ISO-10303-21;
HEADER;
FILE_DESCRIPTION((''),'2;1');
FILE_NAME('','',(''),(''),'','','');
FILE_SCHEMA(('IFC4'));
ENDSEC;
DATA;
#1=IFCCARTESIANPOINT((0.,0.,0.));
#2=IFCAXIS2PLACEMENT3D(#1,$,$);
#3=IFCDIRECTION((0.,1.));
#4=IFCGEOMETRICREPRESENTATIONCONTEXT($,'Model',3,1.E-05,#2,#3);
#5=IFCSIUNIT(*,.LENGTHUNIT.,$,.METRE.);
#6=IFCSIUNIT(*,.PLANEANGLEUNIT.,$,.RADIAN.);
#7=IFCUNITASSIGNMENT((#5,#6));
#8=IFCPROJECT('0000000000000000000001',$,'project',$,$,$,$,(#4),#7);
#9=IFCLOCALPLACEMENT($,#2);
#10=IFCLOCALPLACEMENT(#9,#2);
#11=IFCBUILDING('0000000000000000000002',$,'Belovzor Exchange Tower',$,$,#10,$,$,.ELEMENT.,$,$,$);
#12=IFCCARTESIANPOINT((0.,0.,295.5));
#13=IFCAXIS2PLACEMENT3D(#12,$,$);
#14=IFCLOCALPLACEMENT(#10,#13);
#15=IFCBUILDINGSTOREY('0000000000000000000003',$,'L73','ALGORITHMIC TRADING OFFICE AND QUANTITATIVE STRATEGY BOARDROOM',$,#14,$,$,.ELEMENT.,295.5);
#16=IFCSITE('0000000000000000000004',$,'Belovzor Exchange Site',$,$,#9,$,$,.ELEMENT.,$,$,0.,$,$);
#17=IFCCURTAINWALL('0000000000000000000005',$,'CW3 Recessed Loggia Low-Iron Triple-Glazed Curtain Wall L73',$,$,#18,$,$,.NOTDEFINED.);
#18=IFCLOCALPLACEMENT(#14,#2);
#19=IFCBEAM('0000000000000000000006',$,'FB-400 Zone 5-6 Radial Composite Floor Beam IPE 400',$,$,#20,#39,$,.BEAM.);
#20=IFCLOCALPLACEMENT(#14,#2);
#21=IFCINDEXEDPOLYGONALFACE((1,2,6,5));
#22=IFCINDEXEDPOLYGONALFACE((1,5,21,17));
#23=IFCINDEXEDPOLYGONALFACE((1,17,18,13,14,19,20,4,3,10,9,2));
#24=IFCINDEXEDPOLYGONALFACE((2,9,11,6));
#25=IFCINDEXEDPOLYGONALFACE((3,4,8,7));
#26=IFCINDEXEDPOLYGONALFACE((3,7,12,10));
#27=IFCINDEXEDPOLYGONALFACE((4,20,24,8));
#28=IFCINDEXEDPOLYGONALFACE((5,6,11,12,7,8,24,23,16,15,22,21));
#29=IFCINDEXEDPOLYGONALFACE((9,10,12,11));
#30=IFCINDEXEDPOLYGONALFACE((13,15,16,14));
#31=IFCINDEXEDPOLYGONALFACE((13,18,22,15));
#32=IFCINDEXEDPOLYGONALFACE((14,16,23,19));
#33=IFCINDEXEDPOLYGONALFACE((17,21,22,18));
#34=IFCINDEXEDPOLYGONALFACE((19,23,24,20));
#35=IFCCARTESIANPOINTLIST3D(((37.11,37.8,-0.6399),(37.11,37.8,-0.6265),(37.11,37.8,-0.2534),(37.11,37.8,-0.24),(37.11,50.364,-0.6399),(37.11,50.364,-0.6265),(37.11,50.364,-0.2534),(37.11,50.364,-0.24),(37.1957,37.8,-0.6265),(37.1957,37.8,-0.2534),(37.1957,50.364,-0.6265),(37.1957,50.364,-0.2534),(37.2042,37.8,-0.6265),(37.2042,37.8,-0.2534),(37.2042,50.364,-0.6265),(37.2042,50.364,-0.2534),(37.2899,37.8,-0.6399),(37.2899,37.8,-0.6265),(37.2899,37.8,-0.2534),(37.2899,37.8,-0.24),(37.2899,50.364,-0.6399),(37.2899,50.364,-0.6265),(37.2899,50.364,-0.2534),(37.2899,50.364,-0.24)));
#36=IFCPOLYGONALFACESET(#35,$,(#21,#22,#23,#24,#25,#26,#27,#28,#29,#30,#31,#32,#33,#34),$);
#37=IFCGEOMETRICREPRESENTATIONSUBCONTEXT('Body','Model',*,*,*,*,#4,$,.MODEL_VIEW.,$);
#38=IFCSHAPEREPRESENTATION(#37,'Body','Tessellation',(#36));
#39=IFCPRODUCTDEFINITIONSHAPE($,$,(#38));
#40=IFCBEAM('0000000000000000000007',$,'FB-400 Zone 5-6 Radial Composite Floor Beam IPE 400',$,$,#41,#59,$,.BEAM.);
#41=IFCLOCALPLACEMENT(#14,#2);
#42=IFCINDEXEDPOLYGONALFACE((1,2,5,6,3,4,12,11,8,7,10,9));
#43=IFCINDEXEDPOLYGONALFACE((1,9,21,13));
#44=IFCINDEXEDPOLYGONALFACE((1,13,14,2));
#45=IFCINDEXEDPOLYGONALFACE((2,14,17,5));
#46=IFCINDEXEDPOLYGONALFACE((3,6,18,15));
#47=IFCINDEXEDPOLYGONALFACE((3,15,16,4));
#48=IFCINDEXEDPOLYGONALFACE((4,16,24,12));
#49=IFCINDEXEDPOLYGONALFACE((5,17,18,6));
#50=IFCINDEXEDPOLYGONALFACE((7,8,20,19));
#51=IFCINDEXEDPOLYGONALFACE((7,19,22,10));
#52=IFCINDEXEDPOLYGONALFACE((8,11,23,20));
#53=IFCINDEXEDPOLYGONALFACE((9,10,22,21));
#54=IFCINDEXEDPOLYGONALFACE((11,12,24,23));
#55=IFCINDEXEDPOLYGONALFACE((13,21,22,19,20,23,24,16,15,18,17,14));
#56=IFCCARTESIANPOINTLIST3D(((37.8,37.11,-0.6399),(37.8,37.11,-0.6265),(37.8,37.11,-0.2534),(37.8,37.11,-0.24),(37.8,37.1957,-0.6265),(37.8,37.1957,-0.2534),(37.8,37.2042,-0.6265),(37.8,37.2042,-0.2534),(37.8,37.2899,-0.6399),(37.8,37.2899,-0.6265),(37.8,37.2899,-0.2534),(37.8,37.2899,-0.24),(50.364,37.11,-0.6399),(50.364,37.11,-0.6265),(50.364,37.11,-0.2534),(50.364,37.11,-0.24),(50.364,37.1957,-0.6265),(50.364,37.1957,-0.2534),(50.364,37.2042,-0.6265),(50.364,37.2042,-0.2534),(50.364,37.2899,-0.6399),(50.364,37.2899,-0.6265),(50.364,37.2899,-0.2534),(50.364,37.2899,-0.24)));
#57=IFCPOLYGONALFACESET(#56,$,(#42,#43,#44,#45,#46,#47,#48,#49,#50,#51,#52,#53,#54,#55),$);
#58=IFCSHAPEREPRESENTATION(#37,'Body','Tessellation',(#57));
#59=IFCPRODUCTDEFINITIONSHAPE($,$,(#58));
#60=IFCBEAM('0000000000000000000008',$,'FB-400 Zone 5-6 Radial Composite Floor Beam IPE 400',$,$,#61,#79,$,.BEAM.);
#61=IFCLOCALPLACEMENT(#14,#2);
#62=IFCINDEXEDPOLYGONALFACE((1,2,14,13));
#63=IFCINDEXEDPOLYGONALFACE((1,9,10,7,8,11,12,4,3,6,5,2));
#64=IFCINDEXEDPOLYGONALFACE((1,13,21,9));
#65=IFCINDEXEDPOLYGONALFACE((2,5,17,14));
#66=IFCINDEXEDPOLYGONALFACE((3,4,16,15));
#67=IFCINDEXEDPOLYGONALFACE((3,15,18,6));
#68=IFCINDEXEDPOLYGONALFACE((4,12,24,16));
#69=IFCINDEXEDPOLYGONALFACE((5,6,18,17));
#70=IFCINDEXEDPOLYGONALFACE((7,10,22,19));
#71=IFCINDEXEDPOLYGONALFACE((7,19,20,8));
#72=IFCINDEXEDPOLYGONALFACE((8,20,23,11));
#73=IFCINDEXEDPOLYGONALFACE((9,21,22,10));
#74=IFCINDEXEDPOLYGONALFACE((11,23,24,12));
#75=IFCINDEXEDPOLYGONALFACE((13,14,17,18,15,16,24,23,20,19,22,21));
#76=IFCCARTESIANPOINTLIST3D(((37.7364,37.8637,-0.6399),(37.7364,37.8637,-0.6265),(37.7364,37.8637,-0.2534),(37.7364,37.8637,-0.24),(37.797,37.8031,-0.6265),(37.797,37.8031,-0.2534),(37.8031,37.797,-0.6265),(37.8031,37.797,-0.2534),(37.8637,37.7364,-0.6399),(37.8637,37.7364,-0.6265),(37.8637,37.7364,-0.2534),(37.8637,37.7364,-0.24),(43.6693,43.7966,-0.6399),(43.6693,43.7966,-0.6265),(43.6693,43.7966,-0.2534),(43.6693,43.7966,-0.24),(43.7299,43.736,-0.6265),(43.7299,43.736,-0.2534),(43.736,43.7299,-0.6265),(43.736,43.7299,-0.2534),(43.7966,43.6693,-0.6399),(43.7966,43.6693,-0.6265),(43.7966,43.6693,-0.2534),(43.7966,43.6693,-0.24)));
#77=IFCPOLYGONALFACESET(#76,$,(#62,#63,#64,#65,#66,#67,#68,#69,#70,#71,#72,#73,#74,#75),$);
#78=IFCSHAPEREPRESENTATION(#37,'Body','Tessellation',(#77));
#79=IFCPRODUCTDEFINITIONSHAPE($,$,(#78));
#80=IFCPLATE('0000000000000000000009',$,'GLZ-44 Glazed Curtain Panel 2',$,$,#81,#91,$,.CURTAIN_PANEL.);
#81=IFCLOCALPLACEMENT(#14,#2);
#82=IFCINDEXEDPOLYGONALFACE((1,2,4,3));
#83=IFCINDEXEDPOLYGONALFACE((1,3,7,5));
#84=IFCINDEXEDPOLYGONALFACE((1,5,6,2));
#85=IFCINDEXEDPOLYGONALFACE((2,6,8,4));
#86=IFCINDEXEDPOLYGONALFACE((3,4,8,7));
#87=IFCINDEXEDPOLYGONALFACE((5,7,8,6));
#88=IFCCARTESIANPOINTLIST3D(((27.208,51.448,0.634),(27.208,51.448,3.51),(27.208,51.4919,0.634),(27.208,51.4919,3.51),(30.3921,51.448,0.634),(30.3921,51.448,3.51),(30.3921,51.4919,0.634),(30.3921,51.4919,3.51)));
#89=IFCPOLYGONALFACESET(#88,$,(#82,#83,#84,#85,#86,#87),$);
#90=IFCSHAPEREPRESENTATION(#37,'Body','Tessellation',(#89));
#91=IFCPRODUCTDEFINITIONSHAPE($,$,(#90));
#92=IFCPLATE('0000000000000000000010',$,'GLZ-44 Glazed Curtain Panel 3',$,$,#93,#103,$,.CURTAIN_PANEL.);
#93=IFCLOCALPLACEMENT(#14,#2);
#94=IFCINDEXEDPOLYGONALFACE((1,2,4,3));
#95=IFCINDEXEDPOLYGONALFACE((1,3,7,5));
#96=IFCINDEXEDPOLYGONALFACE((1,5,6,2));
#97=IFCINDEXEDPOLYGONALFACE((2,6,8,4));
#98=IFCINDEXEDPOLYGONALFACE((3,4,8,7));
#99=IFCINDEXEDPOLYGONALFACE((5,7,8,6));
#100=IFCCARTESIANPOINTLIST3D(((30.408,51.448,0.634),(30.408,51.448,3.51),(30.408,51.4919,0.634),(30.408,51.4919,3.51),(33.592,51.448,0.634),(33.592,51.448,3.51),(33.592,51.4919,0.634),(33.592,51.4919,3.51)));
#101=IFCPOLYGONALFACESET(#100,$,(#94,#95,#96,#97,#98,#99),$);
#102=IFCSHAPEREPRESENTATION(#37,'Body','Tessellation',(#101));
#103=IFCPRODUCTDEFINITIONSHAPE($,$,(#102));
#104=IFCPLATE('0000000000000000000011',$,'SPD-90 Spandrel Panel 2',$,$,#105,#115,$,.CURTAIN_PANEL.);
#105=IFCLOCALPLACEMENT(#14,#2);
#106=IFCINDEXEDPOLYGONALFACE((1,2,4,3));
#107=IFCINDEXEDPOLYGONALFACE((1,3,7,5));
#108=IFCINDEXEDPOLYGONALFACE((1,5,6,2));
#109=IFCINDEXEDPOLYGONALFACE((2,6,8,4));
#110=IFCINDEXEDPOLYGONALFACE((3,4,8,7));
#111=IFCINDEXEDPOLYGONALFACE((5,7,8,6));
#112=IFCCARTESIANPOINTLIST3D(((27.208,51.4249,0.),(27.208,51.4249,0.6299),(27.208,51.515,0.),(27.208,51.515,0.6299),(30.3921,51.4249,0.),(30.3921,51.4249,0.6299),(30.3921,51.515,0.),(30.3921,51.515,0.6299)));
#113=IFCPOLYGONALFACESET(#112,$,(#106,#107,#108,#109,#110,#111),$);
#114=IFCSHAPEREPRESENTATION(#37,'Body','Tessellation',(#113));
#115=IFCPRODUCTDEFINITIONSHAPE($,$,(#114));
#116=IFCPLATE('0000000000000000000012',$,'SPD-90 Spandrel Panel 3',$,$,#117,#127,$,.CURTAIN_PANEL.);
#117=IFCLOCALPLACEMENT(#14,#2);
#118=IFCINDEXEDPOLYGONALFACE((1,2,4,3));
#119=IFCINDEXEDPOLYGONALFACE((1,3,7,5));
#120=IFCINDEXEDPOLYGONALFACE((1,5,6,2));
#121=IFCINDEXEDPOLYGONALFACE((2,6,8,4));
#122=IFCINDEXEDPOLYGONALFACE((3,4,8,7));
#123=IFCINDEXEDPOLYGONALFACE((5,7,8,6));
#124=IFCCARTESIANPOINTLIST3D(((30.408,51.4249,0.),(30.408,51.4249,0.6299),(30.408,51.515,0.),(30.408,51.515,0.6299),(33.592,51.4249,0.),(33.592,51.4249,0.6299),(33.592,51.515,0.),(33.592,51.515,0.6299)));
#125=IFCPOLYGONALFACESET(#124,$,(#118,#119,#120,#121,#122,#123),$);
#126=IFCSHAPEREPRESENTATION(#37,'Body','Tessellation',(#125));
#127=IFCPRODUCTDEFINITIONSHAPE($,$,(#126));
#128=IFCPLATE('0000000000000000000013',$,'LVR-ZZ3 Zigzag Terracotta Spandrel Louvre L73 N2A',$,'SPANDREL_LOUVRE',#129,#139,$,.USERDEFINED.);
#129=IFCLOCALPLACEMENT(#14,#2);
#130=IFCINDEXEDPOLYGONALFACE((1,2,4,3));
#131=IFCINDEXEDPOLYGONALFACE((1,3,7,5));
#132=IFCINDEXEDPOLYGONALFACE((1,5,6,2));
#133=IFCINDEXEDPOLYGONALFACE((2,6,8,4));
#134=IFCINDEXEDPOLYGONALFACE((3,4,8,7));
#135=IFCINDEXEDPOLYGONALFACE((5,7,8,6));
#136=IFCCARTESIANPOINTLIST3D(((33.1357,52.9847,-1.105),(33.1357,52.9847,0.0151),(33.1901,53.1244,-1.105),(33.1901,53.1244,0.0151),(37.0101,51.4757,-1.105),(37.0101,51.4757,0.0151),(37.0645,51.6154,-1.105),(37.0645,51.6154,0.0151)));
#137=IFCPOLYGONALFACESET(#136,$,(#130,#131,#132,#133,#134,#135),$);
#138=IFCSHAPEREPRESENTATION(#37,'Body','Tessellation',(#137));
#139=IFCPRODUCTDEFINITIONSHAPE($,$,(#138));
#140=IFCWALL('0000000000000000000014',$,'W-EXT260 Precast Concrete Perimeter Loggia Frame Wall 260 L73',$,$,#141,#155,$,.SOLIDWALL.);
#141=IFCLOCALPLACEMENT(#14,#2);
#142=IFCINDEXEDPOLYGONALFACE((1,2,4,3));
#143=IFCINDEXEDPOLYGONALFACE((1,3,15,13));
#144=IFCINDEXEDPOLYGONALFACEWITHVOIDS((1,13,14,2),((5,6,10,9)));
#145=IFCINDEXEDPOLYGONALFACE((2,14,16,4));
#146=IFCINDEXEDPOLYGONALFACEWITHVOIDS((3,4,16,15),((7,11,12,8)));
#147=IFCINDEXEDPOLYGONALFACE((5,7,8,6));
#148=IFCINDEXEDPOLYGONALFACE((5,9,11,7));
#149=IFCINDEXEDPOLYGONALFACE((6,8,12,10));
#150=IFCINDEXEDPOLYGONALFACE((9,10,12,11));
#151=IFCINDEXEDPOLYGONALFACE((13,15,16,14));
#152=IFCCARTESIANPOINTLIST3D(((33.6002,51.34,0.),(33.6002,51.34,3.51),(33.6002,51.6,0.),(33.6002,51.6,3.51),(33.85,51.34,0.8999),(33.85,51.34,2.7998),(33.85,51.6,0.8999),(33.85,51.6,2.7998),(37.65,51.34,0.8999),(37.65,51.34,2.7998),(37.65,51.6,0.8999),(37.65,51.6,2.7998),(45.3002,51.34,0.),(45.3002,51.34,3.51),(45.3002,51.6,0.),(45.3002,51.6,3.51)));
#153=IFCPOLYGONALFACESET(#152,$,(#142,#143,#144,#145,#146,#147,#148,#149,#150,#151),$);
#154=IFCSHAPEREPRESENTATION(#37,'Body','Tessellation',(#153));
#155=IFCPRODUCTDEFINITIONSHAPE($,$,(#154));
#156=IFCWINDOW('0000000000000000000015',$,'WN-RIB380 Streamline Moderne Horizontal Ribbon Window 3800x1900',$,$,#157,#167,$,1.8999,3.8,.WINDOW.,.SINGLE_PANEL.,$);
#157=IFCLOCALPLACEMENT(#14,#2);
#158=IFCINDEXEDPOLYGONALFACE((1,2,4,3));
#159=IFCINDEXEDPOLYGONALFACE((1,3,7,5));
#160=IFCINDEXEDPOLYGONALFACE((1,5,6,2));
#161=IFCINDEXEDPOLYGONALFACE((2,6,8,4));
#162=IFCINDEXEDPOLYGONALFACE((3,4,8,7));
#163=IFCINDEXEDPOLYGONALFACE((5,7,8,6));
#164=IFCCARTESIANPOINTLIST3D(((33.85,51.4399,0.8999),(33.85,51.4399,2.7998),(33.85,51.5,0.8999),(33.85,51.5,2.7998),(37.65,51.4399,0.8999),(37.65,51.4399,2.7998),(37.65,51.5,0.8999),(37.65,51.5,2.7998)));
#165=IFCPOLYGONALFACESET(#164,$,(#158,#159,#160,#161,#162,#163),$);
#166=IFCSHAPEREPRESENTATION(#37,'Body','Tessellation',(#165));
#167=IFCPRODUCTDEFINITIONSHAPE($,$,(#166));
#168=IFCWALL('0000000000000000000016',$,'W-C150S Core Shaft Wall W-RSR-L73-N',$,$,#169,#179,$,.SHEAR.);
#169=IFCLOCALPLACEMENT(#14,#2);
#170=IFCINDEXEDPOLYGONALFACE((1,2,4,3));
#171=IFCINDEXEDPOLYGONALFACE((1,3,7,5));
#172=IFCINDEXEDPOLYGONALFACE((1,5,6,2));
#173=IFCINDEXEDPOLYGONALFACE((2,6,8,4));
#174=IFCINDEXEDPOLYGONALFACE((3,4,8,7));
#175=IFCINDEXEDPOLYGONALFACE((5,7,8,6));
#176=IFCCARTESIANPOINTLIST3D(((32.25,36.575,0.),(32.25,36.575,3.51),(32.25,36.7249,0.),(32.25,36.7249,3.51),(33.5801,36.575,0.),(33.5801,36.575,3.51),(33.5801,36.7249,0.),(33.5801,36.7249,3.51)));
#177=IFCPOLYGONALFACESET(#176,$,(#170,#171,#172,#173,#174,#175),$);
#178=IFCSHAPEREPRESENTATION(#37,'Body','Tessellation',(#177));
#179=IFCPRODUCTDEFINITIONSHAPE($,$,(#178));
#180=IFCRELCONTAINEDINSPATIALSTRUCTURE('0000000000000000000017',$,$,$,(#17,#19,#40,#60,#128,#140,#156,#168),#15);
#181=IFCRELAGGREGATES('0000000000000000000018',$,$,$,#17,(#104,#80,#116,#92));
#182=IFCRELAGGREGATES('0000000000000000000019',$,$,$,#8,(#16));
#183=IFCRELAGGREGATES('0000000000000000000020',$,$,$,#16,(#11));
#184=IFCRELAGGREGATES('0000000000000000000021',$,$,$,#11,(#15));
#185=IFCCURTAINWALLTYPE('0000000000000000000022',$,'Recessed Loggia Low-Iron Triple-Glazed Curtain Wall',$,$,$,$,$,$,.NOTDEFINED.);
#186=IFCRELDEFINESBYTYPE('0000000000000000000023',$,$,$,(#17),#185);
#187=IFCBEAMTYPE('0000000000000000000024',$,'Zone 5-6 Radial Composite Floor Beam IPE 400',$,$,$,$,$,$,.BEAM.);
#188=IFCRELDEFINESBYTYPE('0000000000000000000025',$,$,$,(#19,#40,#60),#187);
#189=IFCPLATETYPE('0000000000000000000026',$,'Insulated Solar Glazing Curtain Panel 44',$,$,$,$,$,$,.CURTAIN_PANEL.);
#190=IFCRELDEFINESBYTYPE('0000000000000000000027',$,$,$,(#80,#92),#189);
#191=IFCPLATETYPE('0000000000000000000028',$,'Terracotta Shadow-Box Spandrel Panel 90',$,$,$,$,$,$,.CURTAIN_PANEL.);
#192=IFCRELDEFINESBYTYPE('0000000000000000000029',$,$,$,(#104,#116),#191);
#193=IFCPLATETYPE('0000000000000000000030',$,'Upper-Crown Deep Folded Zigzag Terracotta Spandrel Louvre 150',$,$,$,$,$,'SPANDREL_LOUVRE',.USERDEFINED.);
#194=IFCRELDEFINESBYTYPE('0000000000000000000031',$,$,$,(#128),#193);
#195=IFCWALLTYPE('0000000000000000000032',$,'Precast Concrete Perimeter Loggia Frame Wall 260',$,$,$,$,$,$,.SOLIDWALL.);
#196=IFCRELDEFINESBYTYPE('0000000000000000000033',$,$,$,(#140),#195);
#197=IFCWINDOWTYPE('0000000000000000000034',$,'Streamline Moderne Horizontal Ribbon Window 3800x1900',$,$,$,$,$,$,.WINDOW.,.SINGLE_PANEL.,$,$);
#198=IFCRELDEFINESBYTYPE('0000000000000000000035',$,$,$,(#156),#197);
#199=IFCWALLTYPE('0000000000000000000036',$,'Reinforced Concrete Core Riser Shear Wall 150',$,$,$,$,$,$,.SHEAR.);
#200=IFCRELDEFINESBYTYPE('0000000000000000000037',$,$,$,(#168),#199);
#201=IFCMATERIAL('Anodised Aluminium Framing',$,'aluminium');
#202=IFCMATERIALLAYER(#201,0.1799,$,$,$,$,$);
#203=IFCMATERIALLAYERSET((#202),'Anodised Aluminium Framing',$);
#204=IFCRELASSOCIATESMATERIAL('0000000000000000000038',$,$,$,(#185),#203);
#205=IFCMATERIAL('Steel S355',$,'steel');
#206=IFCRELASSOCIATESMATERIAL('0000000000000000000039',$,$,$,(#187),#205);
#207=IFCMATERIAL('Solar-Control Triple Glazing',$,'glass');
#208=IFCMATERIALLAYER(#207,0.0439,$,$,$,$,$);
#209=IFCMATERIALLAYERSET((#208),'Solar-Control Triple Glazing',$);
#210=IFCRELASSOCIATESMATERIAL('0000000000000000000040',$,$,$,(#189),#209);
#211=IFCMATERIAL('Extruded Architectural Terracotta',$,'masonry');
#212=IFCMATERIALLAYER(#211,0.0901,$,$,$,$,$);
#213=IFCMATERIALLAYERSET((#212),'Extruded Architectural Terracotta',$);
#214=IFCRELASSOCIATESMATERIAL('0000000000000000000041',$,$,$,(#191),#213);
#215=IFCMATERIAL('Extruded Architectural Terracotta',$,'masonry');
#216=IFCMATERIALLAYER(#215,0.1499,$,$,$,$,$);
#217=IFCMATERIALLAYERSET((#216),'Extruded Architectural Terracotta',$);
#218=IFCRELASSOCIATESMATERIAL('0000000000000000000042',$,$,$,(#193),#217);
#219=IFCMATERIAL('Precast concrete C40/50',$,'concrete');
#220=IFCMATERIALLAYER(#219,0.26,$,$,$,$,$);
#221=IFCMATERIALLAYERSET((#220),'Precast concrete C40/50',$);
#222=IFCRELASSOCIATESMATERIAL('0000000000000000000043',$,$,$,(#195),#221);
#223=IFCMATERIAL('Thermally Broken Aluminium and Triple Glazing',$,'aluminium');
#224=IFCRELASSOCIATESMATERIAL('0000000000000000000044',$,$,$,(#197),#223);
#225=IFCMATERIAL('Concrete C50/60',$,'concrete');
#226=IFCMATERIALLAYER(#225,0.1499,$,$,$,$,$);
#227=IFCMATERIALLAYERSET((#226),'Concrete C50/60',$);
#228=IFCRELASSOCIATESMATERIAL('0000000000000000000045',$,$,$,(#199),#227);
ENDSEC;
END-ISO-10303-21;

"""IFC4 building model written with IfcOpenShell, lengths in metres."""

from ifc_helpers import new_model, si_unit, direction, frame, frame_2d, origin, origin_2d, place, context, subcontext, project, spatial, rectangle, i_section, extrude, material, layer, layer_set, material_profile, profile_set, type_object, element, fill, aggregate, save


model = new_model("IFC4")

# Units and contexts
model_context = context("Model", 3, precision=1e-05, world=origin(), true_north=direction((0.0, 1.0)))
body_context = subcontext(model_context, "Body", "Model", "MODEL_VIEW")
ifc_project = project(units=[si_unit("LENGTHUNIT", "METRE"), si_unit("PLANEANGLEUNIT", "RADIAN")], contexts=[model_context])

# Site, building, storey
site_placement = place(None, origin())
site = spatial("IfcSite", under=ifc_project, at=site_placement, Name="Belovzor Exchange Site", CompositionType="ELEMENT", RefElevation=0.0)
building_placement = place(site_placement, origin())
building = spatial("IfcBuilding", under=site, at=building_placement, Name="Belovzor Exchange Tower", CompositionType="ELEMENT")
storey_placement = place(building_placement, frame((0.0, 0.0, 295.5)))
storey = spatial("IfcBuildingStorey", under=building, at=storey_placement, Name="L73", Description="ALGORITHMIC TRADING OFFICE AND QUANTITATIVE STRATEGY BOARDROOM", CompositionType="ELEMENT", Elevation=295.5)

# Curtain wall
ifc_material_1 = material(Name="Anodised Aluminium Framing", Category="aluminium")
ifc_layer_1 = layer(ifc_material_1, 0.1799)
ifc_layer_set_1 = layer_set([ifc_layer_1], Name="Anodised Aluminium Framing")
curtain_wall_type = type_object("IfcCurtainWallType", Name="Recessed Loggia Low-Iron Triple-Glazed Curtain Wall", PredefinedType="NOTDEFINED", material=ifc_layer_set_1)
curtain_wall_placement = place(storey_placement, origin())
curtain_wall = element("IfcCurtainWall", 1, at=curtain_wall_placement, inside=storey, type_object=curtain_wall_type, Name="CW3 Recessed Loggia Low-Iron Triple-Glazed Curtain Wall L73", PredefinedType="NOTDEFINED")

# Beams
ifc_material_2 = material(Name="Steel S355", Category="steel")
ifc_material_profile_1 = material_profile(ifc_material_2, i_section(OverallWidth=0.1799, OverallDepth=0.3999, WebThickness=0.0085, FlangeThickness=0.0134, at=origin_2d()))
ifc_profile_set_1 = profile_set([ifc_material_profile_1], Name="Steel S355")
beam_type_1 = type_object("IfcBeamType", Name="Zone 5-6 Radial Composite Floor Beam IPE 400", PredefinedType="BEAM", material=ifc_profile_set_1)
for number, where, z_axis, x_axis, name in (
    (2, (37.2, 37.8, -0.4399), (0.0, 1.0, 0.0), (-1.0, 0.0, 0.0), "FB-400 Zone 5-6 Radial Composite Floor Beam IPE 400"),
    (3, (37.8, 37.2, -0.4399), (1.0, 0.0, 0.0), (0.0, 1.0, 0.0), "FB-400 Zone 5-6 Radial Composite Floor Beam IPE 400"),
):
    element("IfcBeam", number, at=place(storey_placement, frame(where, z_axis=z_axis, x_axis=x_axis)), inside=storey, type_object=beam_type_1, Name=name, PredefinedType="BEAM", context=body_context, shape_type="SweptSolid", body=[
        extrude(i_section(OverallWidth=0.1799, OverallDepth=0.3999, WebThickness=0.0085, FlangeThickness=0.0134, at=origin_2d()), origin(), (0.0, 0.0, 1.0), 12.564),
    ])
beam_1_placement = place(storey_placement, frame((37.8, 37.8, -0.4399), z_axis=(0.707107, 0.707107, 0.0), x_axis=(-0.707107, 0.707107, 0.0)))
element("IfcBeam", 4, at=beam_1_placement, inside=storey, type_object=beam_type_1, Name="FB-400 Zone 5-6 Radial Composite Floor Beam IPE 400", PredefinedType="BEAM", context=body_context, shape_type="SweptSolid", body=[
    extrude(i_section(OverallWidth=0.1799, OverallDepth=0.3999, WebThickness=0.0085, FlangeThickness=0.0134, at=origin_2d()), origin(), (0.0, 0.0, 1.0), 8.3904),
])

# Plates
ifc_material_3 = material(Name="Solar-Control Triple Glazing", Category="glass")
ifc_layer_2 = layer(ifc_material_3, 0.0439)
ifc_layer_set_2 = layer_set([ifc_layer_2], Name="Solar-Control Triple Glazing")
plate_type_1 = type_object("IfcPlateType", Name="Insulated Solar Glazing Curtain Panel 44", PredefinedType="CURTAIN_PANEL", material=ifc_layer_set_2)
plate_1_placement = place(storey_placement, frame((28.8, 51.47, 0.634), z_axis=(0.0, 0.0, 1.0), x_axis=(1.0, 0.0, 0.0)))
plate_1 = element("IfcPlate", 5, at=plate_1_placement, type_object=plate_type_1, Name="GLZ-44 Glazed Curtain Panel 2", PredefinedType="CURTAIN_PANEL", context=body_context, shape_type="SweptSolid", body=[
    extrude(rectangle(XDim=3.1841, YDim=0.0439, at=origin_2d()), origin(), (0.0, 0.0, 1.0), 2.876),
])
plate_2_placement = place(storey_placement, frame((32.0, 51.47, 0.634), z_axis=(0.0, 0.0, 1.0), x_axis=(1.0, 0.0, 0.0)))
plate_2 = element("IfcPlate", 6, at=plate_2_placement, type_object=plate_type_1, Name="GLZ-44 Glazed Curtain Panel 3", PredefinedType="CURTAIN_PANEL", context=body_context, shape_type="SweptSolid", body=[
    extrude(rectangle(XDim=3.1841, YDim=0.0439, at=origin_2d()), origin(), (0.0, 0.0, 1.0), 2.876),
])
ifc_material_4 = material(Name="Extruded Architectural Terracotta", Category="masonry")
ifc_layer_3 = layer(ifc_material_4, 0.0901)
ifc_layer_set_3 = layer_set([ifc_layer_3], Name="Extruded Architectural Terracotta")
plate_type_2 = type_object("IfcPlateType", Name="Terracotta Shadow-Box Spandrel Panel 90", PredefinedType="CURTAIN_PANEL", material=ifc_layer_set_3)
plate_3_placement = place(storey_placement, frame((28.8, 51.47, 0.0), z_axis=(0.0, 0.0, 1.0), x_axis=(1.0, 0.0, 0.0)))
plate_3 = element("IfcPlate", 7, at=plate_3_placement, type_object=plate_type_2, Name="SPD-90 Spandrel Panel 2", PredefinedType="CURTAIN_PANEL", context=body_context, shape_type="SweptSolid", body=[
    extrude(rectangle(XDim=3.1841, YDim=0.0901, at=origin_2d()), origin(), (0.0, 0.0, 1.0), 0.6299),
])
plate_4_placement = place(storey_placement, frame((32.0, 51.47, 0.0), z_axis=(0.0, 0.0, 1.0), x_axis=(1.0, 0.0, 0.0)))
plate_4 = element("IfcPlate", 8, at=plate_4_placement, type_object=plate_type_2, Name="SPD-90 Spandrel Panel 3", PredefinedType="CURTAIN_PANEL", context=body_context, shape_type="SweptSolid", body=[
    extrude(rectangle(XDim=3.1841, YDim=0.0901, at=origin_2d()), origin(), (0.0, 0.0, 1.0), 0.6299),
])
aggregate(curtain_wall, [plate_3, plate_1, plate_4, plate_2])
ifc_material_5 = material(Name="Extruded Architectural Terracotta", Category="masonry")
ifc_layer_4 = layer(ifc_material_5, 0.1499)
ifc_layer_set_4 = layer_set([ifc_layer_4], Name="Extruded Architectural Terracotta")
plate_type_3 = type_object("IfcPlateType", Name="Upper-Crown Deep Folded Zigzag Terracotta Spandrel Louvre 150", ElementType="SPANDREL_LOUVRE", PredefinedType="USERDEFINED", material=ifc_layer_set_4)
plate_5_placement = place(storey_placement, frame((35.1001, 52.3, -1.105), z_axis=(0.0, 0.0, 1.0), x_axis=(0.931818, -0.362926, 0.0)))
element("IfcPlate", 9, at=plate_5_placement, inside=storey, type_object=plate_type_3, Name="LVR-ZZ3 Zigzag Terracotta Spandrel Louvre L73 N2A", ObjectType="SPANDREL_LOUVRE", PredefinedType="USERDEFINED", context=body_context, shape_type="SweptSolid", body=[
    extrude(rectangle(XDim=4.158, YDim=0.1499, at=origin_2d()), origin(), (0.0, 0.0, 1.0), 1.1201),
])

# Wall, opening, window
ifc_material_6 = material(Name="Precast concrete C40/50", Category="concrete")
ifc_layer_5 = layer(ifc_material_6, 0.26)
ifc_layer_set_5 = layer_set([ifc_layer_5], Name="Precast concrete C40/50")
wall_type_1 = type_object("IfcWallType", Name="Precast Concrete Perimeter Loggia Frame Wall 260", PredefinedType="SOLIDWALL", material=ifc_layer_set_5)
wall_1_placement = place(storey_placement, frame((33.6001, 51.47, 0.0), z_axis=(0.0, 0.0, 1.0), x_axis=(1.0, 0.0, 0.0)))
wall_1 = element("IfcWall", 10, at=wall_1_placement, inside=storey, type_object=wall_type_1, Name="W-EXT260 Precast Concrete Perimeter Loggia Frame Wall 260 L73", PredefinedType="SOLIDWALL", context=body_context, shape_type="SweptSolid", body=[
    extrude(rectangle(XDim=11.7, YDim=0.26, at=frame_2d((5.8501, 0.0))), origin(), (0.0, 0.0, 1.0), 3.51),
])
opening_placement = place(wall_1_placement, frame((0.25, 0.0, 0.8999)))
opening = element("IfcOpeningElement", 11, at=opening_placement, cuts=wall_1, PredefinedType="OPENING", context=body_context, shape_type="SweptSolid", body=[
    extrude(rectangle(XDim=3.8, YDim=1.8999, at=frame_2d((1.8999, 0.95))), frame((0.0, 0.1399, 0.0), z_axis=(0.0, -1.0, 0.0), x_axis=(1.0, 0.0, 0.0)), (0.0, 0.0, 1.0), 0.28),
])
ifc_material_7 = material(Name="Thermally Broken Aluminium and Triple Glazing", Category="aluminium")
window_type = type_object("IfcWindowType", Name="Streamline Moderne Horizontal Ribbon Window 3800x1900", PartitioningType="SINGLE_PANEL", PredefinedType="WINDOW", material=ifc_material_7)
window_placement = place(opening_placement, origin())
window = element("IfcWindow", 12, at=window_placement, inside=storey, type_object=window_type, Name="WN-RIB380 Streamline Moderne Horizontal Ribbon Window 3800x1900", OverallHeight=1.8999, OverallWidth=3.8, PartitioningType="SINGLE_PANEL", PredefinedType="WINDOW", context=body_context, shape_type="SweptSolid", body=[
    extrude(rectangle(XDim=3.8, YDim=1.8999, at=frame_2d((1.8999, 0.95))), frame((0.0, 0.03, 0.0), z_axis=(0.0, -1.0, 0.0), x_axis=(1.0, 0.0, 0.0)), (0.0, 0.0, 1.0), 0.0601),
])
fill(opening, window)

# Wall
ifc_material_8 = material(Name="Concrete C50/60", Category="concrete")
ifc_layer_6 = layer(ifc_material_8, 0.1499)
ifc_layer_set_6 = layer_set([ifc_layer_6], Name="Concrete C50/60")
wall_type_2 = type_object("IfcWallType", Name="Reinforced Concrete Core Riser Shear Wall 150", PredefinedType="SHEAR", material=ifc_layer_set_6)
wall_2_placement = place(storey_placement, frame((32.25, 36.6499, 0.0), z_axis=(0.0, 0.0, 1.0), x_axis=(1.0, 0.0, 0.0)))
element("IfcWall", 13, at=wall_2_placement, inside=storey, type_object=wall_type_2, Name="W-C150S Core Shaft Wall W-RSR-L73-N", PredefinedType="SHEAR", context=body_context, shape_type="SweptSolid", body=[
    extrude(rectangle(XDim=1.3301, YDim=0.1499, at=frame_2d((0.665, 0.0))), origin(), (0.0, 0.0, 1.0), 3.51),
])

save(model, "model.ifc")
